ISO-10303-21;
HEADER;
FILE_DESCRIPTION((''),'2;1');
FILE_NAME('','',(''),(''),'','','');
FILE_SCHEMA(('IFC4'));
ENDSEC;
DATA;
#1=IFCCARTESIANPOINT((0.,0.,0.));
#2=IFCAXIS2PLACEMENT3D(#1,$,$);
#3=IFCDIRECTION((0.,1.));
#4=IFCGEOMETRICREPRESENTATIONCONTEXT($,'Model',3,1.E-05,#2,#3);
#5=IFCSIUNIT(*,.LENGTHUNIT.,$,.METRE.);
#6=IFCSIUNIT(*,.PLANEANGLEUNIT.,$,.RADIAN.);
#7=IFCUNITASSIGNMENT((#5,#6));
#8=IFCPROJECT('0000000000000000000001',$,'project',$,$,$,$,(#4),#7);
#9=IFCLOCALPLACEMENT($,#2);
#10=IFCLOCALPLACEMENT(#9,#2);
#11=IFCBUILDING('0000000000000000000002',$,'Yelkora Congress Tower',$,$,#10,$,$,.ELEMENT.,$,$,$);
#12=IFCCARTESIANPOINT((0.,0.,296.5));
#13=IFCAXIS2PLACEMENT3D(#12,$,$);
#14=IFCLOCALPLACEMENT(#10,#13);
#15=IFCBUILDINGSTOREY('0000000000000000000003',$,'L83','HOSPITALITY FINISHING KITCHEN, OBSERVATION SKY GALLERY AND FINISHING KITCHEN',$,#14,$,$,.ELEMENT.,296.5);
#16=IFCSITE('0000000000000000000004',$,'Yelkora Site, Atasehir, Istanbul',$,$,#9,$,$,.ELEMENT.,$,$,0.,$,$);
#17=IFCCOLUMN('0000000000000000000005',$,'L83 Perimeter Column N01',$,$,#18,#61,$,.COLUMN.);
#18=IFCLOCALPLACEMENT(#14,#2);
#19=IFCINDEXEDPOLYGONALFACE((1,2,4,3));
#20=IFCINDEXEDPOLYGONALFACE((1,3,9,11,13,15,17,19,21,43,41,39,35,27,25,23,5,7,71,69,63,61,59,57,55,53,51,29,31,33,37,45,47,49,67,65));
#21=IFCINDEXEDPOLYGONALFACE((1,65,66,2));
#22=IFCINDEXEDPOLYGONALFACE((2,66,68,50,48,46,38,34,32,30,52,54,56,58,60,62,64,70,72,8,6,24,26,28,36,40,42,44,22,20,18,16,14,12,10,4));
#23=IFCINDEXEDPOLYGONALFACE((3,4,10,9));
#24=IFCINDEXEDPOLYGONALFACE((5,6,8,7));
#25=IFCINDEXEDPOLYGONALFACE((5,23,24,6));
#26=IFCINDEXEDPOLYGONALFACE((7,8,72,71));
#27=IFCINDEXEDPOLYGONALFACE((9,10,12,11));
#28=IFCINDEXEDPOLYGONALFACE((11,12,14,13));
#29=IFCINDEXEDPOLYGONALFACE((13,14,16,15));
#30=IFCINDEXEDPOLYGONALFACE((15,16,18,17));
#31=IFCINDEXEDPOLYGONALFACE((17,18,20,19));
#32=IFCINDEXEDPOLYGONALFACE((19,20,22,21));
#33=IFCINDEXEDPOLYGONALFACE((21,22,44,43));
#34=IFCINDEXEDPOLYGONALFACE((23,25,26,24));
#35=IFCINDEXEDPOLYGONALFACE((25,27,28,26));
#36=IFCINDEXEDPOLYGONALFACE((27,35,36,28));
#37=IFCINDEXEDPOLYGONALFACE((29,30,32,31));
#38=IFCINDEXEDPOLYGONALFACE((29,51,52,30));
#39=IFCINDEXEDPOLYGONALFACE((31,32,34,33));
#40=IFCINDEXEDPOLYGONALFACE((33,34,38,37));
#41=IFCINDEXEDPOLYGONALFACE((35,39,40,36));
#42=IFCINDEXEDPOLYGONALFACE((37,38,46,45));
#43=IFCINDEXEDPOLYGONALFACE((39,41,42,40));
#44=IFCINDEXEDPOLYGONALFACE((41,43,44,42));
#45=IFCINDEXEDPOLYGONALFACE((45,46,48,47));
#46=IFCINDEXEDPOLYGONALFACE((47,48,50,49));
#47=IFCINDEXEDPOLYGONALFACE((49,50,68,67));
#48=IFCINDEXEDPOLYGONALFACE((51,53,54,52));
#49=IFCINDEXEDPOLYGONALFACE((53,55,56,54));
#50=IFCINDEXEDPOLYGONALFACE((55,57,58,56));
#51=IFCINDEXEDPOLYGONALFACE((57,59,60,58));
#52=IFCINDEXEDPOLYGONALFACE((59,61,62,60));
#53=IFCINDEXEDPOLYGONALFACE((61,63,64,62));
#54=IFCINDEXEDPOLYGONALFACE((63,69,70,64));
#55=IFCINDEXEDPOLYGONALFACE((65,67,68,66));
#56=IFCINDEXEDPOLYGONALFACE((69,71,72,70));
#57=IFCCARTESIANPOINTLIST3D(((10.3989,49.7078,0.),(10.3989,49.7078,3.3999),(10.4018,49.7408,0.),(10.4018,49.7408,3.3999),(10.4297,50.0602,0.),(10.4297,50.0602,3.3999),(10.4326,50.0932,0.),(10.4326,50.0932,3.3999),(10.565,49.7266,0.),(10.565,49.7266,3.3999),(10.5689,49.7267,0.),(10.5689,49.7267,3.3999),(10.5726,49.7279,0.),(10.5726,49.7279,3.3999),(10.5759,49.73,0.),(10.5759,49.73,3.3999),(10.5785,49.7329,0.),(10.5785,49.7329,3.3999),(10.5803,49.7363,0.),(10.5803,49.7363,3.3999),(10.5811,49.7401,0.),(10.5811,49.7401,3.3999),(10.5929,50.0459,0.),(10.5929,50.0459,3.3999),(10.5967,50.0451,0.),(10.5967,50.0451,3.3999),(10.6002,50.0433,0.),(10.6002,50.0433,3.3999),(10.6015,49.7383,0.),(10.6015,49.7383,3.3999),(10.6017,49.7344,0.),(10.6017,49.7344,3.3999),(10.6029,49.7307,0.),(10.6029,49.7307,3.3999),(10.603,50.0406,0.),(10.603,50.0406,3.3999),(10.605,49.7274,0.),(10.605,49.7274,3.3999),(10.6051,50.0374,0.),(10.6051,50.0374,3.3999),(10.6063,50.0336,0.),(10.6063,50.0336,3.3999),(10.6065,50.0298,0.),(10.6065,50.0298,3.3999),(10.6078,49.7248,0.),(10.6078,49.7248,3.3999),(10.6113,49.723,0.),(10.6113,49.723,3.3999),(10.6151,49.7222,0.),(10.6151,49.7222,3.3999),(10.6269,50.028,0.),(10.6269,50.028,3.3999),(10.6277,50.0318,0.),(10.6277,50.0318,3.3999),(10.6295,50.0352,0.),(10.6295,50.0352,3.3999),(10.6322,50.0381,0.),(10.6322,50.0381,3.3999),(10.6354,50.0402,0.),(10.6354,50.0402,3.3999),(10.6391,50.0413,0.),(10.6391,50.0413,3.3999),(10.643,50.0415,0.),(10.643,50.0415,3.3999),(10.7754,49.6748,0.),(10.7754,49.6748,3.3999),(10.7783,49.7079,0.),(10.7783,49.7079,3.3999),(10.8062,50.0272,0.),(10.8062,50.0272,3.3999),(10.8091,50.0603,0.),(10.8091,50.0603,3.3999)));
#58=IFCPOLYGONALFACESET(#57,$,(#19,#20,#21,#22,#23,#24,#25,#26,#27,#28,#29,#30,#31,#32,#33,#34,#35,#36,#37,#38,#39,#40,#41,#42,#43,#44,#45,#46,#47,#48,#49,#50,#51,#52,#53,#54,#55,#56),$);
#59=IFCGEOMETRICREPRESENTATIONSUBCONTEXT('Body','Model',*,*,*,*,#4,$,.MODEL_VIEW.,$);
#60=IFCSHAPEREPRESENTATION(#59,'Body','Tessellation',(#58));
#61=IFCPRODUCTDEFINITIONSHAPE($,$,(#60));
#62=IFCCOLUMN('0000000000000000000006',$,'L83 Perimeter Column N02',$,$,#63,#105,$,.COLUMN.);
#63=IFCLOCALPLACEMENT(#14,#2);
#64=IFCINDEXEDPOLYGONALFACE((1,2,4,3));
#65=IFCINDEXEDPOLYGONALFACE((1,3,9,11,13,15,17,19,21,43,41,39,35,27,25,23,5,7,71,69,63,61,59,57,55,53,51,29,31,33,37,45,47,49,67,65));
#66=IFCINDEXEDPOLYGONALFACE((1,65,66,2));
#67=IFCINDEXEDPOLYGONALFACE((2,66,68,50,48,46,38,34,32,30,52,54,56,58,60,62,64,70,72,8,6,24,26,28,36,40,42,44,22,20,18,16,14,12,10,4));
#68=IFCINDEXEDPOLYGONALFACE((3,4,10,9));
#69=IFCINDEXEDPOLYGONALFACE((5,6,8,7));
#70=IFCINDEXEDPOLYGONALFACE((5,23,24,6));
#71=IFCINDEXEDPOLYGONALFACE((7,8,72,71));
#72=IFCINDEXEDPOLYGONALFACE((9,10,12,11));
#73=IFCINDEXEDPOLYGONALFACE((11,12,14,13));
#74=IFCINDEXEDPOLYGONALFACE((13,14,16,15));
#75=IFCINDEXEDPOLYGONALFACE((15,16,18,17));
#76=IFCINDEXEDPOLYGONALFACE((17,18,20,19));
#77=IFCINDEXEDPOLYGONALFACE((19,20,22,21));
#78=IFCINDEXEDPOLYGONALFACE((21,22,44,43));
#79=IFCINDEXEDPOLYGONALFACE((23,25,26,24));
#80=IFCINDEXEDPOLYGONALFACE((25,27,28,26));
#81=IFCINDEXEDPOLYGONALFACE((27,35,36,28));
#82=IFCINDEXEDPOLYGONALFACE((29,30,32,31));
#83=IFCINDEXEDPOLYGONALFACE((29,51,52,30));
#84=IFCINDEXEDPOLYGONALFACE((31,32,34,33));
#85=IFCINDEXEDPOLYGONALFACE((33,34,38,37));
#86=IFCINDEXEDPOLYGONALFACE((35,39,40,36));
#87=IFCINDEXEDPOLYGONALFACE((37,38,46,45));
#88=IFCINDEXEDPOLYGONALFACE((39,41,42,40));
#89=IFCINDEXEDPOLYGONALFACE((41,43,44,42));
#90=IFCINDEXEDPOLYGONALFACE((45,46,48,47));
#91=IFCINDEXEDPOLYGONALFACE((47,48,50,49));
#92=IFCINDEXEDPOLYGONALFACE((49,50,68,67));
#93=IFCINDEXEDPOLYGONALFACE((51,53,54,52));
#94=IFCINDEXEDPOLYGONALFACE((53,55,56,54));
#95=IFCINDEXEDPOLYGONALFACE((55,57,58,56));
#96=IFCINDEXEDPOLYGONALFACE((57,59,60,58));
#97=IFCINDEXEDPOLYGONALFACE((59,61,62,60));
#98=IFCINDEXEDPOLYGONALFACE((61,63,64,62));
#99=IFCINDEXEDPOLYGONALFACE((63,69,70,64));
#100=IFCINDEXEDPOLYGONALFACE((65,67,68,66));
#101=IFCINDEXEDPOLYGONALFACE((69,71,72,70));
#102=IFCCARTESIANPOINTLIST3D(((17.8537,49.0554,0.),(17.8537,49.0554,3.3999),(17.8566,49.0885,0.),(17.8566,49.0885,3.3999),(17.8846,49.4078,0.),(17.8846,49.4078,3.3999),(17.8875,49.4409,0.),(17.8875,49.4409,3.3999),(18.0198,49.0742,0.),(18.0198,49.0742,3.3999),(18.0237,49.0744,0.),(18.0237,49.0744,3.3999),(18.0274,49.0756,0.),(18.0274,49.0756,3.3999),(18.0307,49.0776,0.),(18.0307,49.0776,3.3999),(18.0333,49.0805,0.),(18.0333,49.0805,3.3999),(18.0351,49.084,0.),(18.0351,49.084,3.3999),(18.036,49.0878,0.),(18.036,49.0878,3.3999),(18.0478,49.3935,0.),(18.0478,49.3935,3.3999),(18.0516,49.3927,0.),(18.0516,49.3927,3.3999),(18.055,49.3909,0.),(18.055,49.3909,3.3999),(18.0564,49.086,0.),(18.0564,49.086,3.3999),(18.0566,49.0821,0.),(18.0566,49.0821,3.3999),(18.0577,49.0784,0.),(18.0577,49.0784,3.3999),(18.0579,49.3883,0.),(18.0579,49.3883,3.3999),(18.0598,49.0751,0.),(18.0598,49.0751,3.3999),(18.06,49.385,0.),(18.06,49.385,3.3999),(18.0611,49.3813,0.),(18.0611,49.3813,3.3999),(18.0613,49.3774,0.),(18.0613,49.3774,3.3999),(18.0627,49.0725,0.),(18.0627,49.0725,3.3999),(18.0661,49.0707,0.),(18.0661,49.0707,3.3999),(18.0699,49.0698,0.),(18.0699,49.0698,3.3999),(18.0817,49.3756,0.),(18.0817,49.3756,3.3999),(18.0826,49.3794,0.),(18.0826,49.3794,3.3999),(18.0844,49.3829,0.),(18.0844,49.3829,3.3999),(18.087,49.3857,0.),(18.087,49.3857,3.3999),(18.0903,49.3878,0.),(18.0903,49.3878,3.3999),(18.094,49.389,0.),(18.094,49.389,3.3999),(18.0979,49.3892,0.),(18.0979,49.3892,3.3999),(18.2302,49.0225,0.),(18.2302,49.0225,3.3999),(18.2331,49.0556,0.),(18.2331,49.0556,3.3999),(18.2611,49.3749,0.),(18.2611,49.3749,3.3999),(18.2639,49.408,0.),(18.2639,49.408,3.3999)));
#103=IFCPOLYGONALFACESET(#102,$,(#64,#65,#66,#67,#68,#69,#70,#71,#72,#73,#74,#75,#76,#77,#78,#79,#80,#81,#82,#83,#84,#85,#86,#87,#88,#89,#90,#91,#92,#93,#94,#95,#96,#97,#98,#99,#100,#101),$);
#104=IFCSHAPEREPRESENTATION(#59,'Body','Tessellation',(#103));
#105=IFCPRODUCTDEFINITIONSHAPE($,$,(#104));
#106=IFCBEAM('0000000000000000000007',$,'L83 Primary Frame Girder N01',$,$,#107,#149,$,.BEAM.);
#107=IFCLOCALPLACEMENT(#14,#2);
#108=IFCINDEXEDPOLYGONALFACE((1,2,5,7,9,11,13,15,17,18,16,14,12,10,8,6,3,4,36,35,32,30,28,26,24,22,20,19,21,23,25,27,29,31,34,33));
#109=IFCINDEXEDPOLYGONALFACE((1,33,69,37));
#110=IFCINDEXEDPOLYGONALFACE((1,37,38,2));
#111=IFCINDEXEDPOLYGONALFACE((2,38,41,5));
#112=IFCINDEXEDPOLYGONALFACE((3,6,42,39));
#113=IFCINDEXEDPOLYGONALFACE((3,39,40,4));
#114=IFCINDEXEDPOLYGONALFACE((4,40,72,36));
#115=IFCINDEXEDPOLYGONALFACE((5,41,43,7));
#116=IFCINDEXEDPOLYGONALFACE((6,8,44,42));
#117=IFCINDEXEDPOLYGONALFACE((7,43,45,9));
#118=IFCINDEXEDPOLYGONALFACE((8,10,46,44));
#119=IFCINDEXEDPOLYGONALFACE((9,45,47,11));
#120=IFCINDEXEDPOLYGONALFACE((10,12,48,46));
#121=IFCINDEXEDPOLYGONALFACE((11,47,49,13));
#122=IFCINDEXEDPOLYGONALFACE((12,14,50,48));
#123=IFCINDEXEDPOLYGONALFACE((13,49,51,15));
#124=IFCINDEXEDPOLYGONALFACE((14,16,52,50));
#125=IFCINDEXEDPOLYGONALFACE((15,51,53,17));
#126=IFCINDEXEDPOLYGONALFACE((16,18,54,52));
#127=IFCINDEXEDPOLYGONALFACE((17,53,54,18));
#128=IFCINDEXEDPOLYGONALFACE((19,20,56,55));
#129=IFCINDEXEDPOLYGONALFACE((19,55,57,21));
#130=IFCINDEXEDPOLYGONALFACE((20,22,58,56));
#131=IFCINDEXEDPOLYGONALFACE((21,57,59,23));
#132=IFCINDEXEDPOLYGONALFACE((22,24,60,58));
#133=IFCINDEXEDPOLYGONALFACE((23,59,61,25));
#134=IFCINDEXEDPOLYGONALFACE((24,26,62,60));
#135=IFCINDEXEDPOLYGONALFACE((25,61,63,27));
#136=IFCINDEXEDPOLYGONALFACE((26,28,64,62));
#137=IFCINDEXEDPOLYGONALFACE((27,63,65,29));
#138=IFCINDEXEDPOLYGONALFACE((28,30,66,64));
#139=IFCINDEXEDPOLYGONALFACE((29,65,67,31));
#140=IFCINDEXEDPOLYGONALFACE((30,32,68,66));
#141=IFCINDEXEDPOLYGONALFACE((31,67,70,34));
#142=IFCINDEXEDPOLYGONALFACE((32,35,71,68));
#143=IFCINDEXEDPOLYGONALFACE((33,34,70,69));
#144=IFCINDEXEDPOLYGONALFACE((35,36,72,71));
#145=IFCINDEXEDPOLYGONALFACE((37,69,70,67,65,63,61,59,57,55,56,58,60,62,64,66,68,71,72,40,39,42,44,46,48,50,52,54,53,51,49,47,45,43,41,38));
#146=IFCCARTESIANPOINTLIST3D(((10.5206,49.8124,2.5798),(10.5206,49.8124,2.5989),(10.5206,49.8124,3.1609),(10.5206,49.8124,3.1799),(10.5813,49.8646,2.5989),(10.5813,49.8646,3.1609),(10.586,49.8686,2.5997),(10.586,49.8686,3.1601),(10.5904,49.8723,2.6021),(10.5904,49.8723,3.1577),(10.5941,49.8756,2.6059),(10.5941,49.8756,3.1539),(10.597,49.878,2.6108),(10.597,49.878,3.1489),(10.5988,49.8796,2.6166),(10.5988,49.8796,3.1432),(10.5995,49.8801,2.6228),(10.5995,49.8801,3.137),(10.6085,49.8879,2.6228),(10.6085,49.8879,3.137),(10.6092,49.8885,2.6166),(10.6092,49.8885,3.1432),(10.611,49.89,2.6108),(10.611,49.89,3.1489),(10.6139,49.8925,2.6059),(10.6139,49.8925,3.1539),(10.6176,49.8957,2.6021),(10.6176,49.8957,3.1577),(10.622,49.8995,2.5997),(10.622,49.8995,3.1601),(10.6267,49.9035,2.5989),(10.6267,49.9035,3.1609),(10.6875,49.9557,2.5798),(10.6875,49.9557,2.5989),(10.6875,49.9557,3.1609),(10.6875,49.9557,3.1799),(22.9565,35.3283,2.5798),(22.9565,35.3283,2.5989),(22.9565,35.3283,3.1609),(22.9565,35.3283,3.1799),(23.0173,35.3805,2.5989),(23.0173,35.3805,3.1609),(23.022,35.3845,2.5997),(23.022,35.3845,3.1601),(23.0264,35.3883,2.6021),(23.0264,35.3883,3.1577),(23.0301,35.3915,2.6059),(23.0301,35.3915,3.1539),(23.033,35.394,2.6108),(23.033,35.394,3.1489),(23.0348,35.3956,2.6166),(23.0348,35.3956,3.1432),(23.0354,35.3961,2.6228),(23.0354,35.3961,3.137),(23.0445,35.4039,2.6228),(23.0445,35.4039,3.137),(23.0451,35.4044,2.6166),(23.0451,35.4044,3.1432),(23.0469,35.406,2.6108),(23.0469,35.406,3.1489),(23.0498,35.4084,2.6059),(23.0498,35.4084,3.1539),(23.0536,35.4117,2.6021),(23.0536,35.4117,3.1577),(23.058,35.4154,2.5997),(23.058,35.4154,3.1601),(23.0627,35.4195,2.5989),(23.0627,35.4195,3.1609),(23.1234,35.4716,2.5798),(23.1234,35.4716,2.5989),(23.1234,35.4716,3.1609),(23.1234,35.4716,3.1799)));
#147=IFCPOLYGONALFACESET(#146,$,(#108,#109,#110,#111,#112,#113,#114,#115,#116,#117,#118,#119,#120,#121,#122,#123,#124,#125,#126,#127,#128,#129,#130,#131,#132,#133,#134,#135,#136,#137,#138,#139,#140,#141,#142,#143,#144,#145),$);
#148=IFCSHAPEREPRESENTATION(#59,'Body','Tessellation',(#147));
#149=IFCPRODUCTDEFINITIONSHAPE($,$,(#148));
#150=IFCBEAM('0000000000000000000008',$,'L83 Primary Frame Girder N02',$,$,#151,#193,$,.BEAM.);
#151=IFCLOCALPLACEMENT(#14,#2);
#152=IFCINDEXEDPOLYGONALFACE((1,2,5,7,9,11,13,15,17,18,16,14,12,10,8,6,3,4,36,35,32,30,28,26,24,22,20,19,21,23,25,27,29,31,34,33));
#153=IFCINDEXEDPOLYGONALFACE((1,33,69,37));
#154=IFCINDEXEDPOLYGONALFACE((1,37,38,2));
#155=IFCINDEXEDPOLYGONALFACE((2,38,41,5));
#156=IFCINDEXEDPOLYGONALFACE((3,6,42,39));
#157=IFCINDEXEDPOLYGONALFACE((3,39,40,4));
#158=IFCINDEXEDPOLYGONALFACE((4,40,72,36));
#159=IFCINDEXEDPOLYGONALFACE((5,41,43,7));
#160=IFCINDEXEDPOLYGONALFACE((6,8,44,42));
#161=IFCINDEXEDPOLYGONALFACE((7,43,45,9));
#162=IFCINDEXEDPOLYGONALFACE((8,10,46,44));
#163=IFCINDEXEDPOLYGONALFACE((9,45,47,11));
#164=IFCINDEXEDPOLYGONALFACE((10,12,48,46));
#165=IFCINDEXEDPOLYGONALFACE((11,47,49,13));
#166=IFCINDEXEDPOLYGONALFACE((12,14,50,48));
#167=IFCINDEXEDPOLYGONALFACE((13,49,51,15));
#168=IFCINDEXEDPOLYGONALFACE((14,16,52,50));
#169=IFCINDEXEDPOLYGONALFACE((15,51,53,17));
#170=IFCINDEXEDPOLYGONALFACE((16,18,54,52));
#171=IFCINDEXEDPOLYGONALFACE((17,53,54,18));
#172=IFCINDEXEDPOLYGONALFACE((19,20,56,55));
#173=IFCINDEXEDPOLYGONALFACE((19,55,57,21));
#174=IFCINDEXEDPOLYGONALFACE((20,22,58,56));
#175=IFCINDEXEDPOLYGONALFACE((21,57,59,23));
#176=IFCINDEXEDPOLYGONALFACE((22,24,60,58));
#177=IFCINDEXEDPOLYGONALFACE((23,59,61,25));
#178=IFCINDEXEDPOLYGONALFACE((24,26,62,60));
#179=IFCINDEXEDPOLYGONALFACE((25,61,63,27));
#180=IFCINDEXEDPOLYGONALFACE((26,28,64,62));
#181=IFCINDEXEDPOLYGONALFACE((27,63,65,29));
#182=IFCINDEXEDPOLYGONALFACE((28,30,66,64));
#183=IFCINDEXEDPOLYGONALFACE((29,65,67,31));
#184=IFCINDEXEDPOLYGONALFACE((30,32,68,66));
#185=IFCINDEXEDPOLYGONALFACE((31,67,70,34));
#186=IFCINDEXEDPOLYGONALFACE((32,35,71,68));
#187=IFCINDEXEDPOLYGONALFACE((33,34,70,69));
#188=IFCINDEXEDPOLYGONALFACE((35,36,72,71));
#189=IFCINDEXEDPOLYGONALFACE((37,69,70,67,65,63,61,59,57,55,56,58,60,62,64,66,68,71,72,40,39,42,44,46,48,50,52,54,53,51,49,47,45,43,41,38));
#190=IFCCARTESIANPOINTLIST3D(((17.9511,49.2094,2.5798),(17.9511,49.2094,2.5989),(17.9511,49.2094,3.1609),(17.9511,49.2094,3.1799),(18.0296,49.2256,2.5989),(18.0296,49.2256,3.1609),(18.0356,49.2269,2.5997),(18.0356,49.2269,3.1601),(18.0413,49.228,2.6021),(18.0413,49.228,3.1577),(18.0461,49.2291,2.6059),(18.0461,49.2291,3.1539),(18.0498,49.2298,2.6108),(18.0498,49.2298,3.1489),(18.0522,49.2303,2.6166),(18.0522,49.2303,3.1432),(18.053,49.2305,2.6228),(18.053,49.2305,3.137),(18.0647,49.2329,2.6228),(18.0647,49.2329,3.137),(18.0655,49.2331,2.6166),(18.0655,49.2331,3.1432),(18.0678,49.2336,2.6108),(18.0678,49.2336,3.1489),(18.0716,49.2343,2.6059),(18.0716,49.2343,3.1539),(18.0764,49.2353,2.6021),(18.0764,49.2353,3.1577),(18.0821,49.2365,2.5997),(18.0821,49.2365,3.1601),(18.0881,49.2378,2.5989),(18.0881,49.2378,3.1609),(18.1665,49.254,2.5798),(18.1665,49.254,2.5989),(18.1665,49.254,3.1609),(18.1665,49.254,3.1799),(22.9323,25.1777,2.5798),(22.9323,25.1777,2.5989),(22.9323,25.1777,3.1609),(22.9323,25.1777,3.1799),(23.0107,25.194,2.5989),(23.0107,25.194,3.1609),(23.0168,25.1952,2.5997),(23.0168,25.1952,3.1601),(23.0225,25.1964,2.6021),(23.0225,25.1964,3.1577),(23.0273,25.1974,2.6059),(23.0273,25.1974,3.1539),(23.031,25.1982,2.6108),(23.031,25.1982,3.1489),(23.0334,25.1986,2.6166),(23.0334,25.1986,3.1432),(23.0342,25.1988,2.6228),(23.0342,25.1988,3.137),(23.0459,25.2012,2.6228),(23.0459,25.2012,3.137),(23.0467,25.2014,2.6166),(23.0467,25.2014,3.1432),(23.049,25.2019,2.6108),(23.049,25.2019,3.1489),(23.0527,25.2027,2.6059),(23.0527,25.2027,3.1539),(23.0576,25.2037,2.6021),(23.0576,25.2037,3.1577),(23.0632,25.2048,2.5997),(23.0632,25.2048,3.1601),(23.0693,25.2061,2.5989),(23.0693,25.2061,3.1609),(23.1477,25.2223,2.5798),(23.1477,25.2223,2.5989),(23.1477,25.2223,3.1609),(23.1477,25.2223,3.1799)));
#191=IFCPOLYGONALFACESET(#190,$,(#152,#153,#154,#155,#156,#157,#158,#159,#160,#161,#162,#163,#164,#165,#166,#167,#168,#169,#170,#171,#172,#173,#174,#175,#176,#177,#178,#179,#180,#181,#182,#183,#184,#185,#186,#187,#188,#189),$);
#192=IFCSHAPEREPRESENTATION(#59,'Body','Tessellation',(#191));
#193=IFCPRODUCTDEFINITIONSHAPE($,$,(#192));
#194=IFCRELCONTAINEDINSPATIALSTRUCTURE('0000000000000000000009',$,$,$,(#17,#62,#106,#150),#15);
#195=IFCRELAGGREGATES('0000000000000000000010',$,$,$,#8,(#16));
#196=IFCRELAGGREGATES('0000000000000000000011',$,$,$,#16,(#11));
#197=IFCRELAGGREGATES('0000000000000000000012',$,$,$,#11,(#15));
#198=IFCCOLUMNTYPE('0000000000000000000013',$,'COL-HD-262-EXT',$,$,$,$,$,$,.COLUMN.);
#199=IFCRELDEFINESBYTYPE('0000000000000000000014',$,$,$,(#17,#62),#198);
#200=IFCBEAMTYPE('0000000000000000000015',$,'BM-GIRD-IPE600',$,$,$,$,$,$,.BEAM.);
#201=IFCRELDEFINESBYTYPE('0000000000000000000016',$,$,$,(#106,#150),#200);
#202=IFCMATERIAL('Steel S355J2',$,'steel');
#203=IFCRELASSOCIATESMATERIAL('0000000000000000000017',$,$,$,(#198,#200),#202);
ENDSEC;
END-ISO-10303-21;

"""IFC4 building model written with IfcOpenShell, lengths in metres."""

from ifc_helpers import new_model, si_unit, direction, frame, origin, origin_2d, place, context, subcontext, project, spatial, i_section, extrude, material, material_profile, profile_set, type_object, element, save


model = new_model("IFC4")

# Units and contexts
model_context = context("Model", 3, precision=1e-05, world=origin(), true_north=direction((0.0, 1.0)))
body_context = subcontext(model_context, "Body", "Model", "MODEL_VIEW")
ifc_project = project(units=[si_unit("LENGTHUNIT", "METRE"), si_unit("PLANEANGLEUNIT", "RADIAN")], contexts=[model_context])

# Site, building, storey
site_placement = place(None, origin())
site = spatial("IfcSite", under=ifc_project, at=site_placement, Name="Yelkora Site, Atasehir, Istanbul", CompositionType="ELEMENT", RefElevation=0.0)
building_placement = place(site_placement, origin())
building = spatial("IfcBuilding", under=site, at=building_placement, Name="Yelkora Congress Tower", CompositionType="ELEMENT")
storey_placement = place(building_placement, frame((0.0, 0.0, 296.5)))
storey = spatial("IfcBuildingStorey", under=building, at=storey_placement, Name="L83", Description="HOSPITALITY FINISHING KITCHEN, OBSERVATION SKY GALLERY AND FINISHING KITCHEN", CompositionType="ELEMENT", Elevation=296.5)

# Columns
ifc_material_1 = material(Name="Steel S355J2", Category="steel")
ifc_material_profile_1 = material_profile(ifc_material_1, i_section(OverallWidth=0.3779, OverallDepth=0.387, WebThickness=0.0205, FlangeThickness=0.0332, FilletRadius=0.0149, at=origin_2d()), Name="HD 360x262")
ifc_profile_set_1 = profile_set([ifc_material_profile_1], Name="Steel S355J2")
column_type = type_object("IfcColumnType", Name="COL-HD-262-EXT", PredefinedType="COLUMN", material=ifc_profile_set_1)
for number, where, z_axis, x_axis, name in (
    (1, (10.604, 49.884, 0.0), (0.0, 0.0, 1.0), (0.996195, -0.087156, 0.0), "L83 Perimeter Column N01"),
    (2, (18.0588, 49.2317, 0.0), (0.0, 0.0, 1.0), (0.996195, -0.087156, 0.0), "L83 Perimeter Column N02"),
):
    element("IfcColumn", number, at=place(storey_placement, frame(where, z_axis=z_axis, x_axis=x_axis)), inside=storey, type_object=column_type, Name=name, PredefinedType="COLUMN", context=body_context, shape_type="SweptSolid", body=[
        extrude(i_section(OverallWidth=0.3779, OverallDepth=0.387, WebThickness=0.0205, FlangeThickness=0.0332, FilletRadius=0.0149, at=origin_2d()), origin(), (0.0, 0.0, 1.0), 3.3999),
    ])

# Beams
ifc_material_profile_2 = material_profile(ifc_material_1, i_section(OverallWidth=0.22, OverallDepth=0.6001, WebThickness=0.012, FlangeThickness=0.019, FilletRadius=0.0239, at=origin_2d()), Name="IPE 600")
ifc_profile_set_2 = profile_set([ifc_material_profile_2], Name="Steel S355J2")
beam_type_1 = type_object("IfcBeamType", Name="BM-GIRD-IPE600", PredefinedType="BEAM", material=ifc_profile_set_2)
beam_1_placement = place(storey_placement, frame((10.604, 49.884, 2.8799), z_axis=(0.651427, -0.758711, 0.0), x_axis=(0.758711, 0.651427, 0.0)))
element("IfcBeam", 3, at=beam_1_placement, inside=storey, type_object=beam_type_1, Name="L83 Primary Frame Girder N01", PredefinedType="BEAM", context=body_context, shape_type="SweptSolid", body=[
    extrude(i_section(OverallWidth=0.22, OverallDepth=0.6001, WebThickness=0.012, FlangeThickness=0.019, FilletRadius=0.0239, at=origin_2d()), origin(), (0.0, 0.0, 1.0), 19.0903),
])
beam_2_placement = place(storey_placement, frame((18.0588, 49.2317, 2.8799), z_axis=(0.202962, -0.979187, 0.0), x_axis=(0.979187, 0.202962, 0.0)))
element("IfcBeam", 4, at=beam_2_placement, inside=storey, type_object=beam_type_1, Name="L83 Primary Frame Girder N02", PredefinedType="BEAM", context=body_context, shape_type="SweptSolid", body=[
    extrude(i_section(OverallWidth=0.22, OverallDepth=0.6001, WebThickness=0.012, FlangeThickness=0.019, FilletRadius=0.0239, at=origin_2d()), origin(), (0.0, 0.0, 1.0), 24.5425),
])

save(model, "model.ifc")
